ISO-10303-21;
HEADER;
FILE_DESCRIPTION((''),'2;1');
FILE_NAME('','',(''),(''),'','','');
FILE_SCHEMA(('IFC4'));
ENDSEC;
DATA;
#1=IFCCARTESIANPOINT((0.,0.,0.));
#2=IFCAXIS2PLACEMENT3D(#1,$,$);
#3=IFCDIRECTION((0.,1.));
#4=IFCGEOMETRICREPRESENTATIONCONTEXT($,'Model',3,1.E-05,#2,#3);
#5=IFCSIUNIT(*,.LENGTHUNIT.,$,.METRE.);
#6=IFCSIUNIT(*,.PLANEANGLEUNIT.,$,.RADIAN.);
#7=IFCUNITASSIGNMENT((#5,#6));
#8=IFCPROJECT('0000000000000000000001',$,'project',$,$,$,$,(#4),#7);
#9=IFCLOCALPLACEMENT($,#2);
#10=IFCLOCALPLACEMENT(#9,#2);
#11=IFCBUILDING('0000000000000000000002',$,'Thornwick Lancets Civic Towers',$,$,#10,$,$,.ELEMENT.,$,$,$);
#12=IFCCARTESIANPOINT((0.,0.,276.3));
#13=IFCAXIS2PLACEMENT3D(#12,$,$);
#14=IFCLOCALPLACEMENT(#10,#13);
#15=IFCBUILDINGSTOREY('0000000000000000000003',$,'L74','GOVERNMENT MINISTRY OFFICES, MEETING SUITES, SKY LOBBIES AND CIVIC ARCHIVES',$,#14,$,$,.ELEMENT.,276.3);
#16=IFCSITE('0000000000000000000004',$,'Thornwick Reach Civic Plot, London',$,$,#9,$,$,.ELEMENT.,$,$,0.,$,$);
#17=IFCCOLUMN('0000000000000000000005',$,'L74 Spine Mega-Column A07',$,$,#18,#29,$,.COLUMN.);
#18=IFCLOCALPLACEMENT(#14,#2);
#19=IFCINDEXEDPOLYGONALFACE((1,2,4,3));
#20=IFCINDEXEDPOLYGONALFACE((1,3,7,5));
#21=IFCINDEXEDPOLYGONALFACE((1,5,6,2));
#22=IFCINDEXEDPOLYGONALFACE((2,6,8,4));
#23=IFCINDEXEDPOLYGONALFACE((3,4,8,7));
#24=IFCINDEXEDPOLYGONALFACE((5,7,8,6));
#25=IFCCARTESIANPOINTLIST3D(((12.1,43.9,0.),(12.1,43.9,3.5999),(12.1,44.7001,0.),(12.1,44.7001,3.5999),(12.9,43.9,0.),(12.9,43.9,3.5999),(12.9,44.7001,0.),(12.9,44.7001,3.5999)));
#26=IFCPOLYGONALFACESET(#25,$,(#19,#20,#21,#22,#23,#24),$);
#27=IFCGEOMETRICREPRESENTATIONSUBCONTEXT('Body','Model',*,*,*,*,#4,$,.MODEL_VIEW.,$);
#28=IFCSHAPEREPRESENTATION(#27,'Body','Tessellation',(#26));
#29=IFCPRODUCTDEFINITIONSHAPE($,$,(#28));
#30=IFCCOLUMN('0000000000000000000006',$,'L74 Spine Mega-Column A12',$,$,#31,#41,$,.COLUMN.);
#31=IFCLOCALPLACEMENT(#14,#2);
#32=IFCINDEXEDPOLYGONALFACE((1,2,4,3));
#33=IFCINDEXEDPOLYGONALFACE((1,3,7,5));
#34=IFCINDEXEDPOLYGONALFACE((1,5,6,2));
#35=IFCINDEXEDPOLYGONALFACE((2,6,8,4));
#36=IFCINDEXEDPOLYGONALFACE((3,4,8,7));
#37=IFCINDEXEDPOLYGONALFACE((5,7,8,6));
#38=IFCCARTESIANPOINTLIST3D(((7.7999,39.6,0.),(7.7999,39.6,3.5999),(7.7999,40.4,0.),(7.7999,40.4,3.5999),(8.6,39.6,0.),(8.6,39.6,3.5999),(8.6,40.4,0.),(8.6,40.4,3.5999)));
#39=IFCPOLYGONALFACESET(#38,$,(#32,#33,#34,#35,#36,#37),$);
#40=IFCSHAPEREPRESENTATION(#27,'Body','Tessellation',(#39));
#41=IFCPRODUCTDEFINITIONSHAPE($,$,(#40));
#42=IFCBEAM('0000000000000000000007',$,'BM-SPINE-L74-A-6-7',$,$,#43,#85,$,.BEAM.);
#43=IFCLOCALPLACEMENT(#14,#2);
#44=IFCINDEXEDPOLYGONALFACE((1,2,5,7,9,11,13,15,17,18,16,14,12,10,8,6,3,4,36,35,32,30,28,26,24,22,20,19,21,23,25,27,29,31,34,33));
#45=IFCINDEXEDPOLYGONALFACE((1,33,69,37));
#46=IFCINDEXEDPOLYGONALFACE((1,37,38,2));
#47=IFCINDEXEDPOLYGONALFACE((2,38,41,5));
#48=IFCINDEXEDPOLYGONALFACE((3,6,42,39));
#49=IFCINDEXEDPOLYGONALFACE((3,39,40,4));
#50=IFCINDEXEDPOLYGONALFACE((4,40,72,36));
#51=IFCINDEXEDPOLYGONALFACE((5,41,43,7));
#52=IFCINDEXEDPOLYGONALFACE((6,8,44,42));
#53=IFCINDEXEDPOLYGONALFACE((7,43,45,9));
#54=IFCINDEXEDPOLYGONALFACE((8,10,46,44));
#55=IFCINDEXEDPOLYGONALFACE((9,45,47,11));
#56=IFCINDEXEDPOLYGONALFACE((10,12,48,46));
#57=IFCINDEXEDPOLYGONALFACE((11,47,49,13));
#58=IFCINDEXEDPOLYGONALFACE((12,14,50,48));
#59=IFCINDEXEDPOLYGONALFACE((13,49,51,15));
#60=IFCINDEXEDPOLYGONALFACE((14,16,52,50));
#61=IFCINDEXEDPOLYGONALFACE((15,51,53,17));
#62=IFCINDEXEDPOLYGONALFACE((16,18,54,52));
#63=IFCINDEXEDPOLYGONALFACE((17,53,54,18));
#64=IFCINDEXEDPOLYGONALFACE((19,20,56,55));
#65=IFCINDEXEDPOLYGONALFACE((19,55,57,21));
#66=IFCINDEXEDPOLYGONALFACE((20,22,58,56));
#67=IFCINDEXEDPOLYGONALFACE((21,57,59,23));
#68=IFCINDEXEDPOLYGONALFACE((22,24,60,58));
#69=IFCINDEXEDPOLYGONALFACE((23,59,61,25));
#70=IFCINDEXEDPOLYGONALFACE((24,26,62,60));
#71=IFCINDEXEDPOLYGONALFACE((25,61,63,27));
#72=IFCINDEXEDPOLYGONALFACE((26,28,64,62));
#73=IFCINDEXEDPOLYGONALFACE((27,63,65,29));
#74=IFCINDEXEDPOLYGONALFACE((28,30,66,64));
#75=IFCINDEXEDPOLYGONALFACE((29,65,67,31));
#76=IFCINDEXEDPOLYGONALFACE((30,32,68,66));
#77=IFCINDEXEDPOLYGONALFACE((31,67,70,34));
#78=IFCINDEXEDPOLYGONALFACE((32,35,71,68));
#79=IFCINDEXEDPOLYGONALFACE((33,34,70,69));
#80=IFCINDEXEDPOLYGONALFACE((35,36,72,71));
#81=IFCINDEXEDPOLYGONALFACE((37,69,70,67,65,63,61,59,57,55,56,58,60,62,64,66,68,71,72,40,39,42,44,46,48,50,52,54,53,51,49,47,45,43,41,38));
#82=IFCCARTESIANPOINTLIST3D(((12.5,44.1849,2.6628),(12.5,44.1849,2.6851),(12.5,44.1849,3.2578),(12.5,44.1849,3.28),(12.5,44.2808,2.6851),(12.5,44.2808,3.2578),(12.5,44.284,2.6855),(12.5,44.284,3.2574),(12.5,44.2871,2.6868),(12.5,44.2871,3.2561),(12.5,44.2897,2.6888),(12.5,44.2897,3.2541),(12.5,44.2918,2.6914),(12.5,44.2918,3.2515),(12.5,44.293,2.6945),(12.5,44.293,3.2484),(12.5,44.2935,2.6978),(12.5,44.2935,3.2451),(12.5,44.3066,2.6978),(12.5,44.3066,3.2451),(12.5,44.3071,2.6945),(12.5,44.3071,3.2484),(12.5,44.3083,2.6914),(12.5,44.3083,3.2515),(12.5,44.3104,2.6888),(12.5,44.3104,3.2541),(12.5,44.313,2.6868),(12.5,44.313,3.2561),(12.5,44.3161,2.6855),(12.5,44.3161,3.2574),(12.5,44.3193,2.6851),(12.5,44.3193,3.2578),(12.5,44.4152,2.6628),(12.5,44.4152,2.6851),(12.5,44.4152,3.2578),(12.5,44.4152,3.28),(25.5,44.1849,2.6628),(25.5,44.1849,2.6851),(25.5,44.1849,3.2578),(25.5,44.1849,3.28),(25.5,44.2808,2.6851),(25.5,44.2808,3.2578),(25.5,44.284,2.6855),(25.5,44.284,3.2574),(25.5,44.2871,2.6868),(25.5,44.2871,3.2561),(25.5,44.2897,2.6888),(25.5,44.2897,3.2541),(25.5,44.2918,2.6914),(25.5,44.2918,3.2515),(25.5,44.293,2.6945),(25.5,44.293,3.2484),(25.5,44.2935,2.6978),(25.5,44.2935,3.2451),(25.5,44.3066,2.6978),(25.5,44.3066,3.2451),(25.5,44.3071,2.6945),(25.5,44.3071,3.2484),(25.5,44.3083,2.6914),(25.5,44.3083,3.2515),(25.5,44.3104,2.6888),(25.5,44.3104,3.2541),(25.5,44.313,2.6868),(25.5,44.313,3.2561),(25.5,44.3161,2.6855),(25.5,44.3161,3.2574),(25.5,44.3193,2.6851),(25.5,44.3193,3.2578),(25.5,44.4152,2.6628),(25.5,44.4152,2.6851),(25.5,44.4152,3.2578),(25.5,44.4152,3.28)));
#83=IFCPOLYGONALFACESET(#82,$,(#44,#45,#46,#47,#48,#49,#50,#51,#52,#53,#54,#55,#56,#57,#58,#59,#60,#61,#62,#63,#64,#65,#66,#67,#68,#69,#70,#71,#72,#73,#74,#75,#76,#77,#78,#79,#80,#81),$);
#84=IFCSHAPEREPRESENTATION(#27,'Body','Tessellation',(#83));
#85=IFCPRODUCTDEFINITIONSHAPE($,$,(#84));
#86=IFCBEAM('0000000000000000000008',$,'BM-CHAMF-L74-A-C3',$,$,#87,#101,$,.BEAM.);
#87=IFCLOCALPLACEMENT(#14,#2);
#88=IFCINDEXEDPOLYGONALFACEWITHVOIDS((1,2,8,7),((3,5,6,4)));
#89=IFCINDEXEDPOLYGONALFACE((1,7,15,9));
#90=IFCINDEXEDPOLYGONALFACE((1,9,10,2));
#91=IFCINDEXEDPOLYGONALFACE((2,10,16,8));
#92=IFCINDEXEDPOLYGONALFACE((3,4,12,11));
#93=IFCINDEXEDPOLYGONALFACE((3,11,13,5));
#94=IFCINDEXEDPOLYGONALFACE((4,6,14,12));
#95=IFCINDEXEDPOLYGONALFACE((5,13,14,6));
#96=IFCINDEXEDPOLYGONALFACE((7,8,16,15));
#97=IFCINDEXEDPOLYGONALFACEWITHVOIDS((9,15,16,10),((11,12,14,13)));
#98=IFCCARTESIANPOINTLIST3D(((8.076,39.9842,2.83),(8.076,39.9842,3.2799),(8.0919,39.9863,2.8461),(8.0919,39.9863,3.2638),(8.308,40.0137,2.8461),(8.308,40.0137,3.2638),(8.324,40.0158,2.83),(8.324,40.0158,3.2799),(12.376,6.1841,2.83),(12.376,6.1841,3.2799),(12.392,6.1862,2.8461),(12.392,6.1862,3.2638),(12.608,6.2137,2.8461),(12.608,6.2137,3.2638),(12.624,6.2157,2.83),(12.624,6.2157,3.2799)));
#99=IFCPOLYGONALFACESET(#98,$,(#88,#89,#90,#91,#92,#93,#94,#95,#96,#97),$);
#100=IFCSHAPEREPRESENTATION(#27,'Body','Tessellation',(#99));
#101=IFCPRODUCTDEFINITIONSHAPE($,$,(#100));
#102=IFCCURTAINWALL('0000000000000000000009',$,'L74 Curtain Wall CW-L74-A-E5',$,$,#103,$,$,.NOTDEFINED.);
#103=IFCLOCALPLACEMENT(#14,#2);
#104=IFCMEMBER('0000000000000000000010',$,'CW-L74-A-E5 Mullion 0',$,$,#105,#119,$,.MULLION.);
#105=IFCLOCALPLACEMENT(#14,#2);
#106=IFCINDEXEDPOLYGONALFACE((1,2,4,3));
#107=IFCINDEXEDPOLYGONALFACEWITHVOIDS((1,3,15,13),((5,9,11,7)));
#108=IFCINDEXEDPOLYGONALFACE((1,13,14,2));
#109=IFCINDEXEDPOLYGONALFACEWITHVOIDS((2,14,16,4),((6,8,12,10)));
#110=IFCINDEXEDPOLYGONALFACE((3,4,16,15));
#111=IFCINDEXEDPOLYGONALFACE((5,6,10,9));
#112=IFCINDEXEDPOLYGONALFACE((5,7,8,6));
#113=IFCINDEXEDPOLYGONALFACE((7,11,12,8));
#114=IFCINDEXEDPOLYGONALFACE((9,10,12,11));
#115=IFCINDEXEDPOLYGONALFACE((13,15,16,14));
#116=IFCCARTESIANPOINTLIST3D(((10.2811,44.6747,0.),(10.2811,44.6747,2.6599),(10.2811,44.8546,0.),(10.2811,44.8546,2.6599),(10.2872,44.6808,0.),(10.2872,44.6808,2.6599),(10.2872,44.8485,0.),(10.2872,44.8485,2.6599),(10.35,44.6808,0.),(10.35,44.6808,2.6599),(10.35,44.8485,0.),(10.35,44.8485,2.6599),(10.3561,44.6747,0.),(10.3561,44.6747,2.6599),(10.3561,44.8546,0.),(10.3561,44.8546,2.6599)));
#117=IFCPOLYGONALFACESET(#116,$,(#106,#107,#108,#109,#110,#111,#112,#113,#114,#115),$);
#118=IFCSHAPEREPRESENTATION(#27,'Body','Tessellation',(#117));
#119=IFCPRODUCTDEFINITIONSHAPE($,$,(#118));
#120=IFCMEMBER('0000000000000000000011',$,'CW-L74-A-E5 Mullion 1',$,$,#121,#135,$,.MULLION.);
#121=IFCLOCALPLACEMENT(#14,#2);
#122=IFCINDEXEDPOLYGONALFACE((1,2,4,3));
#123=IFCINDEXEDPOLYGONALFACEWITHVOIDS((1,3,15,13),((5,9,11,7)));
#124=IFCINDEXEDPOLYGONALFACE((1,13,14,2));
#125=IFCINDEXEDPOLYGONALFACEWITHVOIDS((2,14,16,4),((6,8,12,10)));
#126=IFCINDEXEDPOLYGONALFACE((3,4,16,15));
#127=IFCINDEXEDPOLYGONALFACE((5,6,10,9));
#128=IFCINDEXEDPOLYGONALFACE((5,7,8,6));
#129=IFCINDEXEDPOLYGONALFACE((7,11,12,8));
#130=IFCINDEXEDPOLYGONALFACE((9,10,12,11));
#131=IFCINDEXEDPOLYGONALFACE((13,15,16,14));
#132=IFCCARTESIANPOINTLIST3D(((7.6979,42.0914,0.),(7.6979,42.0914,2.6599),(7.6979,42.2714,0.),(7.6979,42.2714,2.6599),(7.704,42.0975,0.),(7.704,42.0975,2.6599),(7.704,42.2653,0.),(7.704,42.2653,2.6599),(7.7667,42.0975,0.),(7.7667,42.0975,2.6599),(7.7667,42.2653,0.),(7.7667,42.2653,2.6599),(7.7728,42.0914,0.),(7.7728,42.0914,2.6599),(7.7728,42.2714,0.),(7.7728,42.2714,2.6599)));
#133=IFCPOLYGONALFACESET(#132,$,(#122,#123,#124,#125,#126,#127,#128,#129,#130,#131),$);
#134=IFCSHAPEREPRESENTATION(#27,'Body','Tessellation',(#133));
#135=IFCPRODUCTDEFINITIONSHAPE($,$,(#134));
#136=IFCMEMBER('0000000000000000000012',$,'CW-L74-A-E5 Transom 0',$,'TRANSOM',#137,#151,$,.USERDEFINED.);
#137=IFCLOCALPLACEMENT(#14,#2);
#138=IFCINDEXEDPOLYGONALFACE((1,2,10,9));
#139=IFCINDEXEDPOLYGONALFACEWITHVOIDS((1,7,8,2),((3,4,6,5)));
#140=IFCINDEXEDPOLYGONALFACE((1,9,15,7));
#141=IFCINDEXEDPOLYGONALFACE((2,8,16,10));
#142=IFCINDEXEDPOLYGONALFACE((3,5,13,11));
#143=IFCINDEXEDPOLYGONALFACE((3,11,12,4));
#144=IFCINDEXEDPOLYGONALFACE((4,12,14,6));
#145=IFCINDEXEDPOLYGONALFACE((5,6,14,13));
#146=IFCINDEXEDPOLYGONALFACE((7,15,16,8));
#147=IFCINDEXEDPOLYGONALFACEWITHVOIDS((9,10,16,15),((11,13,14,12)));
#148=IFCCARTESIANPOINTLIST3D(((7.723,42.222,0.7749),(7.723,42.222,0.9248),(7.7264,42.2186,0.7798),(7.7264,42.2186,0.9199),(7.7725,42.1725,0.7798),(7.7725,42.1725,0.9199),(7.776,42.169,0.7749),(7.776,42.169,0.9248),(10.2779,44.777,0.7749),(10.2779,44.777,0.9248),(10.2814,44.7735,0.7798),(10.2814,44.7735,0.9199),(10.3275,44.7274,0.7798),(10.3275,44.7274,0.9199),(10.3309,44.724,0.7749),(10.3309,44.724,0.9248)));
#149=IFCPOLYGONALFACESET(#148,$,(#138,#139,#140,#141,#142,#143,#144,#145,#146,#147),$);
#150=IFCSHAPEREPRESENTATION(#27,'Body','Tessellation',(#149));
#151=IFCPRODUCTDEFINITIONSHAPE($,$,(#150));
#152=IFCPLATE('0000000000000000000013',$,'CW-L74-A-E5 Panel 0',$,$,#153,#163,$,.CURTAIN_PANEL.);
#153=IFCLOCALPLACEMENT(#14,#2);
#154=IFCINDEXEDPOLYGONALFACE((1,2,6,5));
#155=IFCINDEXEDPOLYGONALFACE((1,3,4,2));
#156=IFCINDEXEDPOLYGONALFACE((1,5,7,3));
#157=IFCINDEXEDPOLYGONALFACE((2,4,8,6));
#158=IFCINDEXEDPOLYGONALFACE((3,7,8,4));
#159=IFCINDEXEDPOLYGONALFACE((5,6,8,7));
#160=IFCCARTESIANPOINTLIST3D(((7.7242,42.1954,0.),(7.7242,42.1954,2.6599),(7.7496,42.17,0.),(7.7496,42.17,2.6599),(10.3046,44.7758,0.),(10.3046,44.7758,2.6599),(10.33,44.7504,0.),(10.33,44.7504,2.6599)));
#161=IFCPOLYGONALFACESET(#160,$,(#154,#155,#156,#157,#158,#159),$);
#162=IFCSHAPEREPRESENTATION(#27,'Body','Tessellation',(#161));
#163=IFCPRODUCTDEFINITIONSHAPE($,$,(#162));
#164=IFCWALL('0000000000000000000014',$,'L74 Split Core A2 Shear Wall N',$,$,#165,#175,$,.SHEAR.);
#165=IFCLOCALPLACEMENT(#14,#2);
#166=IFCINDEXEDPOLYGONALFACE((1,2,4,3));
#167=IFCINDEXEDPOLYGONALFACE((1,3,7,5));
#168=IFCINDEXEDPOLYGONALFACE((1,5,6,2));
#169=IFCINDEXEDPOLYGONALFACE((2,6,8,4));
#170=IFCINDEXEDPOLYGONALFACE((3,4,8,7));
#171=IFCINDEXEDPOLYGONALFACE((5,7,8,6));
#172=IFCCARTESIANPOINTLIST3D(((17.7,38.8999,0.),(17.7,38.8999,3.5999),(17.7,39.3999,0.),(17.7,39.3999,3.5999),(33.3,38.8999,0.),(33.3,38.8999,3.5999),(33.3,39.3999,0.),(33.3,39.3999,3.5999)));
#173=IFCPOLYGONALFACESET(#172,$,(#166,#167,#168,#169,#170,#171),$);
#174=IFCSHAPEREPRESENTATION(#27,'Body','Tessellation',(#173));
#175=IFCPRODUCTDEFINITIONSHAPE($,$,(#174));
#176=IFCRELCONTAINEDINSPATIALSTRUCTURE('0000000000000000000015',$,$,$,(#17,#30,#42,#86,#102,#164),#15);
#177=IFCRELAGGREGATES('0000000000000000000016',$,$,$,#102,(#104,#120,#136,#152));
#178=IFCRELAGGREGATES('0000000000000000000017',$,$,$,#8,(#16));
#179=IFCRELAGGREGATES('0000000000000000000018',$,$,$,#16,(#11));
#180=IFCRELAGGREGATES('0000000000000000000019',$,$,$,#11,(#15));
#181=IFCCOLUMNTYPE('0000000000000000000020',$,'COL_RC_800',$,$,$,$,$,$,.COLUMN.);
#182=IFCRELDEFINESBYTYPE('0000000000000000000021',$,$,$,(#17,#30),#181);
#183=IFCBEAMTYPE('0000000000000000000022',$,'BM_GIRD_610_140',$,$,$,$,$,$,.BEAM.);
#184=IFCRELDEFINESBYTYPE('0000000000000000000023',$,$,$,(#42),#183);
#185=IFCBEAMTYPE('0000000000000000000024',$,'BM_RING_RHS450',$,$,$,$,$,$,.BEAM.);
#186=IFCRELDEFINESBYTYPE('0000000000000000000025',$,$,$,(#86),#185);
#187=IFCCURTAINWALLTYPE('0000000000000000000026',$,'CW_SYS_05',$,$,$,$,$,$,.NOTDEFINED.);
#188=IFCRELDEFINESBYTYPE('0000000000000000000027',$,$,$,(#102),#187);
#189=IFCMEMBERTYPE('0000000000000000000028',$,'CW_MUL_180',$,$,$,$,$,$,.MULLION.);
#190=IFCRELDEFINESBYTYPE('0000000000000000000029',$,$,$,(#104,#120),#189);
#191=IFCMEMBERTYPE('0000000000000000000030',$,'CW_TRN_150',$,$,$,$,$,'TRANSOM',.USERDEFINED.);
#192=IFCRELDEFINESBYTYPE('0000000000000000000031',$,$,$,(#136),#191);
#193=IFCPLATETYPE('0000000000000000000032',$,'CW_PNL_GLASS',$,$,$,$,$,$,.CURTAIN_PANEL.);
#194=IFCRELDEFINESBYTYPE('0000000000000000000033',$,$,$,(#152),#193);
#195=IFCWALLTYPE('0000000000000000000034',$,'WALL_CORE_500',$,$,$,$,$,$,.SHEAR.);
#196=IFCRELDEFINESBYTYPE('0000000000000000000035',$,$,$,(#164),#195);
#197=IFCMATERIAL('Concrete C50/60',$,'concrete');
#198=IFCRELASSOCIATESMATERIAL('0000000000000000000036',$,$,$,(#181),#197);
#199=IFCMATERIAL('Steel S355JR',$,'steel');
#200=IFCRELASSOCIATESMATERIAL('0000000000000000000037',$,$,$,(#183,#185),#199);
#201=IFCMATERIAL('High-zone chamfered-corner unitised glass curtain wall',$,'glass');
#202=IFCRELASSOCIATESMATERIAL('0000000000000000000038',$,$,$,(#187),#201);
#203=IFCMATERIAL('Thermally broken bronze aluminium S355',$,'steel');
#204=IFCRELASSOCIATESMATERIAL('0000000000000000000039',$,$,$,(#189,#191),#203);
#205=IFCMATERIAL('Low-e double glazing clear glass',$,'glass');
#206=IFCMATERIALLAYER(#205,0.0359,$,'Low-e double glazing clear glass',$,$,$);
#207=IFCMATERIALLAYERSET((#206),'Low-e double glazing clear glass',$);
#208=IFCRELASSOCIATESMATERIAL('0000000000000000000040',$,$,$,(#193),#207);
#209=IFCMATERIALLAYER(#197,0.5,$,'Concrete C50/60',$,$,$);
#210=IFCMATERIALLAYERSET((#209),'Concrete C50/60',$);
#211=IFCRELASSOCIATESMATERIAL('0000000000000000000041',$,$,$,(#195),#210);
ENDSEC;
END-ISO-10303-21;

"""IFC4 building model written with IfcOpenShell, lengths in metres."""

from ifc_helpers import new_model, si_unit, direction, frame, frame_2d, origin, origin_2d, place, context, subcontext, project, spatial, rectangle, hollow_rectangle, i_section, extrude, material, layer, layer_set, material_profile, profile_set, type_object, element, aggregate, save


model = new_model("IFC4")

# Units and contexts
model_context = context("Model", 3, precision=1e-05, world=origin(), true_north=direction((0.0, 1.0)))
body_context = subcontext(model_context, "Body", "Model", "MODEL_VIEW")
ifc_project = project(units=[si_unit("LENGTHUNIT", "METRE"), si_unit("PLANEANGLEUNIT", "RADIAN")], contexts=[model_context])

# Site, building, storey
site_placement = place(None, origin())
site = spatial("IfcSite", under=ifc_project, at=site_placement, Name="Thornwick Reach Civic Plot, London", CompositionType="ELEMENT", RefElevation=0.0)
building_placement = place(site_placement, origin())
building = spatial("IfcBuilding", under=site, at=building_placement, Name="Thornwick Lancets Civic Towers", CompositionType="ELEMENT")
storey_placement = place(building_placement, frame((0.0, 0.0, 276.3)))
storey = spatial("IfcBuildingStorey", under=building, at=storey_placement, Name="L74", Description="GOVERNMENT MINISTRY OFFICES, MEETING SUITES, SKY LOBBIES AND CIVIC ARCHIVES", CompositionType="ELEMENT", Elevation=276.3)

# Columns
ifc_material_1 = material(Name="Concrete C50/60", Category="concrete")
ifc_material_profile_1 = material_profile(ifc_material_1, rectangle(XDim=0.8, YDim=0.8, at=origin_2d()), Name="RC 800x800")
ifc_profile_set_1 = profile_set([ifc_material_profile_1], Name="Concrete C50/60")
column_type = type_object("IfcColumnType", Name="COL_RC_800", PredefinedType="COLUMN", material=ifc_profile_set_1)
for number, where, z_axis, x_axis, name in (
    (1, (12.5, 44.3, 0.0), (0.0, 0.0, 1.0), (1.0, 0.0, 0.0), "L74 Spine Mega-Column A07"),
    (2, (8.2, 40.0, 0.0), (0.0, 0.0, 1.0), (1.0, 0.0, 0.0), "L74 Spine Mega-Column A12"),
):
    element("IfcColumn", number, at=place(storey_placement, frame(where, z_axis=z_axis, x_axis=x_axis)), inside=storey, type_object=column_type, Name=name, PredefinedType="COLUMN", context=body_context, shape_type="SweptSolid", body=[
        extrude(rectangle(XDim=0.8, YDim=0.8, at=origin_2d()), origin(), (0.0, 0.0, 1.0), 3.5999),
    ])

# Beams
ifc_material_2 = material(Name="Steel S355JR", Category="steel")
ifc_material_profile_2 = material_profile(ifc_material_2, i_section(OverallWidth=0.2302, OverallDepth=0.6172, WebThickness=0.0132, FlangeThickness=0.0222, FilletRadius=0.0127, at=origin_2d()), Name="UKB 610x229x140")
ifc_profile_set_2 = profile_set([ifc_material_profile_2], Name="Steel S355JR")
beam_type_1 = type_object("IfcBeamType", Name="BM_GIRD_610_140", PredefinedType="BEAM", material=ifc_profile_set_2)
beam_1_placement = place(storey_placement, frame((12.5, 44.3, 2.9714), z_axis=(1.0, 0.0, 0.0), x_axis=(0.0, 1.0, 0.0)))
element("IfcBeam", 3, at=beam_1_placement, inside=storey, type_object=beam_type_1, Name="BM-SPINE-L74-A-6-7", PredefinedType="BEAM", context=body_context, shape_type="SweptSolid", body=[
    extrude(i_section(OverallWidth=0.2302, OverallDepth=0.6172, WebThickness=0.0132, FlangeThickness=0.0222, FilletRadius=0.0127, at=origin_2d()), origin(), (0.0, 0.0, 1.0), 13.0),
])
ifc_material_profile_3 = material_profile(ifc_material_2, hollow_rectangle(XDim=0.25, YDim=0.45, WallThickness=0.0161, at=origin_2d()), Name="RHS 450x250x16")
ifc_profile_set_3 = profile_set([ifc_material_profile_3], Name="Steel S355JR")
beam_type_2 = type_object("IfcBeamType", Name="BM_RING_RHS450", PredefinedType="BEAM", material=ifc_profile_set_3)
beam_2_placement = place(storey_placement, frame((8.2, 40.0, 3.0549), z_axis=(0.126203, -0.992004, 0.0), x_axis=(0.992004, 0.126203, 0.0)))
element("IfcBeam", 4, at=beam_2_placement, inside=storey, type_object=beam_type_2, Name="BM-CHAMF-L74-A-C3", PredefinedType="BEAM", context=body_context, shape_type="SweptSolid", body=[
    extrude(hollow_rectangle(XDim=0.25, YDim=0.45, WallThickness=0.0161, at=origin_2d()), origin(), (0.0, 0.0, 1.0), 34.0725),
])

# Curtain wall, members, plate
ifc_material_3 = material(Name="High-zone chamfered-corner unitised glass curtain wall", Category="glass")
curtain_wall_type = type_object("IfcCurtainWallType", Name="CW_SYS_05", PredefinedType="NOTDEFINED", material=ifc_material_3)
curtain_wall_placement = place(storey_placement, origin())
curtain_wall = element("IfcCurtainWall", 5, at=curtain_wall_placement, inside=storey, type_object=curtain_wall_type, Name="L74 Curtain Wall CW-L74-A-E5", PredefinedType="NOTDEFINED")
ifc_material_4 = material(Name="Thermally broken bronze aluminium S355", Category="steel")
ifc_material_profile_4 = material_profile(ifc_material_4, hollow_rectangle(XDim=0.075, YDim=0.1799, WallThickness=0.0061, at=origin_2d()), Name="RHS 180x75x6")
ifc_profile_set_4 = profile_set([ifc_material_profile_4], Name="Thermally broken bronze aluminium S355")
member_type_1 = type_object("IfcMemberType", Name="CW_MUL_180", PredefinedType="MULLION", material=ifc_profile_set_4)
member_1_placement = place(storey_placement, frame((10.3186, 44.7646, 0.0), z_axis=(0.0, 0.0, 1.0), x_axis=(1.0, 0.0, 0.0)))
member_1 = element("IfcMember", 6, at=member_1_placement, type_object=member_type_1, Name="CW-L74-A-E5 Mullion 0", PredefinedType="MULLION", context=body_context, shape_type="SweptSolid", body=[
    extrude(hollow_rectangle(XDim=0.075, YDim=0.1799, WallThickness=0.0061, at=origin_2d()), origin(), (0.0, 0.0, 1.0), 2.6599),
])
member_2_placement = place(storey_placement, frame((7.7354, 42.1814, 0.0), z_axis=(0.0, 0.0, 1.0), x_axis=(1.0, 0.0, 0.0)))
member_2 = element("IfcMember", 7, at=member_2_placement, type_object=member_type_1, Name="CW-L74-A-E5 Mullion 1", PredefinedType="MULLION", context=body_context, shape_type="SweptSolid", body=[
    extrude(hollow_rectangle(XDim=0.075, YDim=0.1799, WallThickness=0.0061, at=origin_2d()), origin(), (0.0, 0.0, 1.0), 2.6599),
])
ifc_material_profile_5 = material_profile(ifc_material_4, hollow_rectangle(XDim=0.075, YDim=0.1499, WallThickness=0.0049, at=origin_2d()), Name="RHS 150x75x5")
ifc_profile_set_5 = profile_set([ifc_material_profile_5], Name="Thermally broken bronze aluminium S355")
member_type_2 = type_object("IfcMemberType", Name="CW_TRN_150", ElementType="TRANSOM", PredefinedType="USERDEFINED", material=ifc_profile_set_5)
member_3_placement = place(storey_placement, frame((10.3044, 44.7505, 0.8499), z_axis=(-0.707107, -0.707107, 0.0), x_axis=(0.707107, -0.707107, 0.0)))
member_3 = element("IfcMember", 8, at=member_3_placement, type_object=member_type_2, Name="CW-L74-A-E5 Transom 0", ObjectType="TRANSOM", PredefinedType="USERDEFINED", context=body_context, shape_type="SweptSolid", body=[
    extrude(hollow_rectangle(XDim=0.075, YDim=0.1499, WallThickness=0.0049, at=origin_2d()), origin(), (0.0, 0.0, 1.0), 3.6133),
])
ifc_material_5 = material(Name="Low-e double glazing clear glass", Category="glass")
ifc_layer_1 = layer(ifc_material_5, 0.0359, Name="Low-e double glazing clear glass")
ifc_layer_set_1 = layer_set([ifc_layer_1], Name="Low-e double glazing clear glass")
plate_type = type_object("IfcPlateType", Name="CW_PNL_GLASS", PredefinedType="CURTAIN_PANEL", material=ifc_layer_set_1)
plate_placement = place(storey_placement, frame((9.0271, 43.4729, 0.0), z_axis=(0.0, 0.0, 1.0), x_axis=(-0.707107, -0.707107, 0.0)))
plate = element("IfcPlate", 9, at=plate_placement, type_object=plate_type, Name="CW-L74-A-E5 Panel 0", PredefinedType="CURTAIN_PANEL", context=body_context, shape_type="SweptSolid", body=[
    extrude(rectangle(XDim=3.6492, YDim=0.0359, at=origin_2d()), origin(), (0.0, 0.0, 1.0), 2.6599),
])
aggregate(curtain_wall, [member_1, member_2, member_3, plate])

# Wall
ifc_layer_2 = layer(ifc_material_1, 0.5, Name="Concrete C50/60")
ifc_layer_set_2 = layer_set([ifc_layer_2], Name="Concrete C50/60")
wall_type_1 = type_object("IfcWallType", Name="WALL_CORE_500", PredefinedType="SHEAR", material=ifc_layer_set_2)
wall_1_placement = place(storey_placement, frame((17.7, 39.1499, 0.0), z_axis=(0.0, 0.0, 1.0), x_axis=(1.0, 0.0, 0.0)))
element("IfcWall", 10, at=wall_1_placement, inside=storey, type_object=wall_type_1, Name="L74 Split Core A2 Shear Wall N", PredefinedType="SHEAR", context=body_context, shape_type="SweptSolid", body=[
    extrude(rectangle(XDim=15.6001, YDim=0.5, at=frame_2d((7.8, 0.0))), origin(), (0.0, 0.0, 1.0), 3.5999),
])

save(model, "model.ifc")
